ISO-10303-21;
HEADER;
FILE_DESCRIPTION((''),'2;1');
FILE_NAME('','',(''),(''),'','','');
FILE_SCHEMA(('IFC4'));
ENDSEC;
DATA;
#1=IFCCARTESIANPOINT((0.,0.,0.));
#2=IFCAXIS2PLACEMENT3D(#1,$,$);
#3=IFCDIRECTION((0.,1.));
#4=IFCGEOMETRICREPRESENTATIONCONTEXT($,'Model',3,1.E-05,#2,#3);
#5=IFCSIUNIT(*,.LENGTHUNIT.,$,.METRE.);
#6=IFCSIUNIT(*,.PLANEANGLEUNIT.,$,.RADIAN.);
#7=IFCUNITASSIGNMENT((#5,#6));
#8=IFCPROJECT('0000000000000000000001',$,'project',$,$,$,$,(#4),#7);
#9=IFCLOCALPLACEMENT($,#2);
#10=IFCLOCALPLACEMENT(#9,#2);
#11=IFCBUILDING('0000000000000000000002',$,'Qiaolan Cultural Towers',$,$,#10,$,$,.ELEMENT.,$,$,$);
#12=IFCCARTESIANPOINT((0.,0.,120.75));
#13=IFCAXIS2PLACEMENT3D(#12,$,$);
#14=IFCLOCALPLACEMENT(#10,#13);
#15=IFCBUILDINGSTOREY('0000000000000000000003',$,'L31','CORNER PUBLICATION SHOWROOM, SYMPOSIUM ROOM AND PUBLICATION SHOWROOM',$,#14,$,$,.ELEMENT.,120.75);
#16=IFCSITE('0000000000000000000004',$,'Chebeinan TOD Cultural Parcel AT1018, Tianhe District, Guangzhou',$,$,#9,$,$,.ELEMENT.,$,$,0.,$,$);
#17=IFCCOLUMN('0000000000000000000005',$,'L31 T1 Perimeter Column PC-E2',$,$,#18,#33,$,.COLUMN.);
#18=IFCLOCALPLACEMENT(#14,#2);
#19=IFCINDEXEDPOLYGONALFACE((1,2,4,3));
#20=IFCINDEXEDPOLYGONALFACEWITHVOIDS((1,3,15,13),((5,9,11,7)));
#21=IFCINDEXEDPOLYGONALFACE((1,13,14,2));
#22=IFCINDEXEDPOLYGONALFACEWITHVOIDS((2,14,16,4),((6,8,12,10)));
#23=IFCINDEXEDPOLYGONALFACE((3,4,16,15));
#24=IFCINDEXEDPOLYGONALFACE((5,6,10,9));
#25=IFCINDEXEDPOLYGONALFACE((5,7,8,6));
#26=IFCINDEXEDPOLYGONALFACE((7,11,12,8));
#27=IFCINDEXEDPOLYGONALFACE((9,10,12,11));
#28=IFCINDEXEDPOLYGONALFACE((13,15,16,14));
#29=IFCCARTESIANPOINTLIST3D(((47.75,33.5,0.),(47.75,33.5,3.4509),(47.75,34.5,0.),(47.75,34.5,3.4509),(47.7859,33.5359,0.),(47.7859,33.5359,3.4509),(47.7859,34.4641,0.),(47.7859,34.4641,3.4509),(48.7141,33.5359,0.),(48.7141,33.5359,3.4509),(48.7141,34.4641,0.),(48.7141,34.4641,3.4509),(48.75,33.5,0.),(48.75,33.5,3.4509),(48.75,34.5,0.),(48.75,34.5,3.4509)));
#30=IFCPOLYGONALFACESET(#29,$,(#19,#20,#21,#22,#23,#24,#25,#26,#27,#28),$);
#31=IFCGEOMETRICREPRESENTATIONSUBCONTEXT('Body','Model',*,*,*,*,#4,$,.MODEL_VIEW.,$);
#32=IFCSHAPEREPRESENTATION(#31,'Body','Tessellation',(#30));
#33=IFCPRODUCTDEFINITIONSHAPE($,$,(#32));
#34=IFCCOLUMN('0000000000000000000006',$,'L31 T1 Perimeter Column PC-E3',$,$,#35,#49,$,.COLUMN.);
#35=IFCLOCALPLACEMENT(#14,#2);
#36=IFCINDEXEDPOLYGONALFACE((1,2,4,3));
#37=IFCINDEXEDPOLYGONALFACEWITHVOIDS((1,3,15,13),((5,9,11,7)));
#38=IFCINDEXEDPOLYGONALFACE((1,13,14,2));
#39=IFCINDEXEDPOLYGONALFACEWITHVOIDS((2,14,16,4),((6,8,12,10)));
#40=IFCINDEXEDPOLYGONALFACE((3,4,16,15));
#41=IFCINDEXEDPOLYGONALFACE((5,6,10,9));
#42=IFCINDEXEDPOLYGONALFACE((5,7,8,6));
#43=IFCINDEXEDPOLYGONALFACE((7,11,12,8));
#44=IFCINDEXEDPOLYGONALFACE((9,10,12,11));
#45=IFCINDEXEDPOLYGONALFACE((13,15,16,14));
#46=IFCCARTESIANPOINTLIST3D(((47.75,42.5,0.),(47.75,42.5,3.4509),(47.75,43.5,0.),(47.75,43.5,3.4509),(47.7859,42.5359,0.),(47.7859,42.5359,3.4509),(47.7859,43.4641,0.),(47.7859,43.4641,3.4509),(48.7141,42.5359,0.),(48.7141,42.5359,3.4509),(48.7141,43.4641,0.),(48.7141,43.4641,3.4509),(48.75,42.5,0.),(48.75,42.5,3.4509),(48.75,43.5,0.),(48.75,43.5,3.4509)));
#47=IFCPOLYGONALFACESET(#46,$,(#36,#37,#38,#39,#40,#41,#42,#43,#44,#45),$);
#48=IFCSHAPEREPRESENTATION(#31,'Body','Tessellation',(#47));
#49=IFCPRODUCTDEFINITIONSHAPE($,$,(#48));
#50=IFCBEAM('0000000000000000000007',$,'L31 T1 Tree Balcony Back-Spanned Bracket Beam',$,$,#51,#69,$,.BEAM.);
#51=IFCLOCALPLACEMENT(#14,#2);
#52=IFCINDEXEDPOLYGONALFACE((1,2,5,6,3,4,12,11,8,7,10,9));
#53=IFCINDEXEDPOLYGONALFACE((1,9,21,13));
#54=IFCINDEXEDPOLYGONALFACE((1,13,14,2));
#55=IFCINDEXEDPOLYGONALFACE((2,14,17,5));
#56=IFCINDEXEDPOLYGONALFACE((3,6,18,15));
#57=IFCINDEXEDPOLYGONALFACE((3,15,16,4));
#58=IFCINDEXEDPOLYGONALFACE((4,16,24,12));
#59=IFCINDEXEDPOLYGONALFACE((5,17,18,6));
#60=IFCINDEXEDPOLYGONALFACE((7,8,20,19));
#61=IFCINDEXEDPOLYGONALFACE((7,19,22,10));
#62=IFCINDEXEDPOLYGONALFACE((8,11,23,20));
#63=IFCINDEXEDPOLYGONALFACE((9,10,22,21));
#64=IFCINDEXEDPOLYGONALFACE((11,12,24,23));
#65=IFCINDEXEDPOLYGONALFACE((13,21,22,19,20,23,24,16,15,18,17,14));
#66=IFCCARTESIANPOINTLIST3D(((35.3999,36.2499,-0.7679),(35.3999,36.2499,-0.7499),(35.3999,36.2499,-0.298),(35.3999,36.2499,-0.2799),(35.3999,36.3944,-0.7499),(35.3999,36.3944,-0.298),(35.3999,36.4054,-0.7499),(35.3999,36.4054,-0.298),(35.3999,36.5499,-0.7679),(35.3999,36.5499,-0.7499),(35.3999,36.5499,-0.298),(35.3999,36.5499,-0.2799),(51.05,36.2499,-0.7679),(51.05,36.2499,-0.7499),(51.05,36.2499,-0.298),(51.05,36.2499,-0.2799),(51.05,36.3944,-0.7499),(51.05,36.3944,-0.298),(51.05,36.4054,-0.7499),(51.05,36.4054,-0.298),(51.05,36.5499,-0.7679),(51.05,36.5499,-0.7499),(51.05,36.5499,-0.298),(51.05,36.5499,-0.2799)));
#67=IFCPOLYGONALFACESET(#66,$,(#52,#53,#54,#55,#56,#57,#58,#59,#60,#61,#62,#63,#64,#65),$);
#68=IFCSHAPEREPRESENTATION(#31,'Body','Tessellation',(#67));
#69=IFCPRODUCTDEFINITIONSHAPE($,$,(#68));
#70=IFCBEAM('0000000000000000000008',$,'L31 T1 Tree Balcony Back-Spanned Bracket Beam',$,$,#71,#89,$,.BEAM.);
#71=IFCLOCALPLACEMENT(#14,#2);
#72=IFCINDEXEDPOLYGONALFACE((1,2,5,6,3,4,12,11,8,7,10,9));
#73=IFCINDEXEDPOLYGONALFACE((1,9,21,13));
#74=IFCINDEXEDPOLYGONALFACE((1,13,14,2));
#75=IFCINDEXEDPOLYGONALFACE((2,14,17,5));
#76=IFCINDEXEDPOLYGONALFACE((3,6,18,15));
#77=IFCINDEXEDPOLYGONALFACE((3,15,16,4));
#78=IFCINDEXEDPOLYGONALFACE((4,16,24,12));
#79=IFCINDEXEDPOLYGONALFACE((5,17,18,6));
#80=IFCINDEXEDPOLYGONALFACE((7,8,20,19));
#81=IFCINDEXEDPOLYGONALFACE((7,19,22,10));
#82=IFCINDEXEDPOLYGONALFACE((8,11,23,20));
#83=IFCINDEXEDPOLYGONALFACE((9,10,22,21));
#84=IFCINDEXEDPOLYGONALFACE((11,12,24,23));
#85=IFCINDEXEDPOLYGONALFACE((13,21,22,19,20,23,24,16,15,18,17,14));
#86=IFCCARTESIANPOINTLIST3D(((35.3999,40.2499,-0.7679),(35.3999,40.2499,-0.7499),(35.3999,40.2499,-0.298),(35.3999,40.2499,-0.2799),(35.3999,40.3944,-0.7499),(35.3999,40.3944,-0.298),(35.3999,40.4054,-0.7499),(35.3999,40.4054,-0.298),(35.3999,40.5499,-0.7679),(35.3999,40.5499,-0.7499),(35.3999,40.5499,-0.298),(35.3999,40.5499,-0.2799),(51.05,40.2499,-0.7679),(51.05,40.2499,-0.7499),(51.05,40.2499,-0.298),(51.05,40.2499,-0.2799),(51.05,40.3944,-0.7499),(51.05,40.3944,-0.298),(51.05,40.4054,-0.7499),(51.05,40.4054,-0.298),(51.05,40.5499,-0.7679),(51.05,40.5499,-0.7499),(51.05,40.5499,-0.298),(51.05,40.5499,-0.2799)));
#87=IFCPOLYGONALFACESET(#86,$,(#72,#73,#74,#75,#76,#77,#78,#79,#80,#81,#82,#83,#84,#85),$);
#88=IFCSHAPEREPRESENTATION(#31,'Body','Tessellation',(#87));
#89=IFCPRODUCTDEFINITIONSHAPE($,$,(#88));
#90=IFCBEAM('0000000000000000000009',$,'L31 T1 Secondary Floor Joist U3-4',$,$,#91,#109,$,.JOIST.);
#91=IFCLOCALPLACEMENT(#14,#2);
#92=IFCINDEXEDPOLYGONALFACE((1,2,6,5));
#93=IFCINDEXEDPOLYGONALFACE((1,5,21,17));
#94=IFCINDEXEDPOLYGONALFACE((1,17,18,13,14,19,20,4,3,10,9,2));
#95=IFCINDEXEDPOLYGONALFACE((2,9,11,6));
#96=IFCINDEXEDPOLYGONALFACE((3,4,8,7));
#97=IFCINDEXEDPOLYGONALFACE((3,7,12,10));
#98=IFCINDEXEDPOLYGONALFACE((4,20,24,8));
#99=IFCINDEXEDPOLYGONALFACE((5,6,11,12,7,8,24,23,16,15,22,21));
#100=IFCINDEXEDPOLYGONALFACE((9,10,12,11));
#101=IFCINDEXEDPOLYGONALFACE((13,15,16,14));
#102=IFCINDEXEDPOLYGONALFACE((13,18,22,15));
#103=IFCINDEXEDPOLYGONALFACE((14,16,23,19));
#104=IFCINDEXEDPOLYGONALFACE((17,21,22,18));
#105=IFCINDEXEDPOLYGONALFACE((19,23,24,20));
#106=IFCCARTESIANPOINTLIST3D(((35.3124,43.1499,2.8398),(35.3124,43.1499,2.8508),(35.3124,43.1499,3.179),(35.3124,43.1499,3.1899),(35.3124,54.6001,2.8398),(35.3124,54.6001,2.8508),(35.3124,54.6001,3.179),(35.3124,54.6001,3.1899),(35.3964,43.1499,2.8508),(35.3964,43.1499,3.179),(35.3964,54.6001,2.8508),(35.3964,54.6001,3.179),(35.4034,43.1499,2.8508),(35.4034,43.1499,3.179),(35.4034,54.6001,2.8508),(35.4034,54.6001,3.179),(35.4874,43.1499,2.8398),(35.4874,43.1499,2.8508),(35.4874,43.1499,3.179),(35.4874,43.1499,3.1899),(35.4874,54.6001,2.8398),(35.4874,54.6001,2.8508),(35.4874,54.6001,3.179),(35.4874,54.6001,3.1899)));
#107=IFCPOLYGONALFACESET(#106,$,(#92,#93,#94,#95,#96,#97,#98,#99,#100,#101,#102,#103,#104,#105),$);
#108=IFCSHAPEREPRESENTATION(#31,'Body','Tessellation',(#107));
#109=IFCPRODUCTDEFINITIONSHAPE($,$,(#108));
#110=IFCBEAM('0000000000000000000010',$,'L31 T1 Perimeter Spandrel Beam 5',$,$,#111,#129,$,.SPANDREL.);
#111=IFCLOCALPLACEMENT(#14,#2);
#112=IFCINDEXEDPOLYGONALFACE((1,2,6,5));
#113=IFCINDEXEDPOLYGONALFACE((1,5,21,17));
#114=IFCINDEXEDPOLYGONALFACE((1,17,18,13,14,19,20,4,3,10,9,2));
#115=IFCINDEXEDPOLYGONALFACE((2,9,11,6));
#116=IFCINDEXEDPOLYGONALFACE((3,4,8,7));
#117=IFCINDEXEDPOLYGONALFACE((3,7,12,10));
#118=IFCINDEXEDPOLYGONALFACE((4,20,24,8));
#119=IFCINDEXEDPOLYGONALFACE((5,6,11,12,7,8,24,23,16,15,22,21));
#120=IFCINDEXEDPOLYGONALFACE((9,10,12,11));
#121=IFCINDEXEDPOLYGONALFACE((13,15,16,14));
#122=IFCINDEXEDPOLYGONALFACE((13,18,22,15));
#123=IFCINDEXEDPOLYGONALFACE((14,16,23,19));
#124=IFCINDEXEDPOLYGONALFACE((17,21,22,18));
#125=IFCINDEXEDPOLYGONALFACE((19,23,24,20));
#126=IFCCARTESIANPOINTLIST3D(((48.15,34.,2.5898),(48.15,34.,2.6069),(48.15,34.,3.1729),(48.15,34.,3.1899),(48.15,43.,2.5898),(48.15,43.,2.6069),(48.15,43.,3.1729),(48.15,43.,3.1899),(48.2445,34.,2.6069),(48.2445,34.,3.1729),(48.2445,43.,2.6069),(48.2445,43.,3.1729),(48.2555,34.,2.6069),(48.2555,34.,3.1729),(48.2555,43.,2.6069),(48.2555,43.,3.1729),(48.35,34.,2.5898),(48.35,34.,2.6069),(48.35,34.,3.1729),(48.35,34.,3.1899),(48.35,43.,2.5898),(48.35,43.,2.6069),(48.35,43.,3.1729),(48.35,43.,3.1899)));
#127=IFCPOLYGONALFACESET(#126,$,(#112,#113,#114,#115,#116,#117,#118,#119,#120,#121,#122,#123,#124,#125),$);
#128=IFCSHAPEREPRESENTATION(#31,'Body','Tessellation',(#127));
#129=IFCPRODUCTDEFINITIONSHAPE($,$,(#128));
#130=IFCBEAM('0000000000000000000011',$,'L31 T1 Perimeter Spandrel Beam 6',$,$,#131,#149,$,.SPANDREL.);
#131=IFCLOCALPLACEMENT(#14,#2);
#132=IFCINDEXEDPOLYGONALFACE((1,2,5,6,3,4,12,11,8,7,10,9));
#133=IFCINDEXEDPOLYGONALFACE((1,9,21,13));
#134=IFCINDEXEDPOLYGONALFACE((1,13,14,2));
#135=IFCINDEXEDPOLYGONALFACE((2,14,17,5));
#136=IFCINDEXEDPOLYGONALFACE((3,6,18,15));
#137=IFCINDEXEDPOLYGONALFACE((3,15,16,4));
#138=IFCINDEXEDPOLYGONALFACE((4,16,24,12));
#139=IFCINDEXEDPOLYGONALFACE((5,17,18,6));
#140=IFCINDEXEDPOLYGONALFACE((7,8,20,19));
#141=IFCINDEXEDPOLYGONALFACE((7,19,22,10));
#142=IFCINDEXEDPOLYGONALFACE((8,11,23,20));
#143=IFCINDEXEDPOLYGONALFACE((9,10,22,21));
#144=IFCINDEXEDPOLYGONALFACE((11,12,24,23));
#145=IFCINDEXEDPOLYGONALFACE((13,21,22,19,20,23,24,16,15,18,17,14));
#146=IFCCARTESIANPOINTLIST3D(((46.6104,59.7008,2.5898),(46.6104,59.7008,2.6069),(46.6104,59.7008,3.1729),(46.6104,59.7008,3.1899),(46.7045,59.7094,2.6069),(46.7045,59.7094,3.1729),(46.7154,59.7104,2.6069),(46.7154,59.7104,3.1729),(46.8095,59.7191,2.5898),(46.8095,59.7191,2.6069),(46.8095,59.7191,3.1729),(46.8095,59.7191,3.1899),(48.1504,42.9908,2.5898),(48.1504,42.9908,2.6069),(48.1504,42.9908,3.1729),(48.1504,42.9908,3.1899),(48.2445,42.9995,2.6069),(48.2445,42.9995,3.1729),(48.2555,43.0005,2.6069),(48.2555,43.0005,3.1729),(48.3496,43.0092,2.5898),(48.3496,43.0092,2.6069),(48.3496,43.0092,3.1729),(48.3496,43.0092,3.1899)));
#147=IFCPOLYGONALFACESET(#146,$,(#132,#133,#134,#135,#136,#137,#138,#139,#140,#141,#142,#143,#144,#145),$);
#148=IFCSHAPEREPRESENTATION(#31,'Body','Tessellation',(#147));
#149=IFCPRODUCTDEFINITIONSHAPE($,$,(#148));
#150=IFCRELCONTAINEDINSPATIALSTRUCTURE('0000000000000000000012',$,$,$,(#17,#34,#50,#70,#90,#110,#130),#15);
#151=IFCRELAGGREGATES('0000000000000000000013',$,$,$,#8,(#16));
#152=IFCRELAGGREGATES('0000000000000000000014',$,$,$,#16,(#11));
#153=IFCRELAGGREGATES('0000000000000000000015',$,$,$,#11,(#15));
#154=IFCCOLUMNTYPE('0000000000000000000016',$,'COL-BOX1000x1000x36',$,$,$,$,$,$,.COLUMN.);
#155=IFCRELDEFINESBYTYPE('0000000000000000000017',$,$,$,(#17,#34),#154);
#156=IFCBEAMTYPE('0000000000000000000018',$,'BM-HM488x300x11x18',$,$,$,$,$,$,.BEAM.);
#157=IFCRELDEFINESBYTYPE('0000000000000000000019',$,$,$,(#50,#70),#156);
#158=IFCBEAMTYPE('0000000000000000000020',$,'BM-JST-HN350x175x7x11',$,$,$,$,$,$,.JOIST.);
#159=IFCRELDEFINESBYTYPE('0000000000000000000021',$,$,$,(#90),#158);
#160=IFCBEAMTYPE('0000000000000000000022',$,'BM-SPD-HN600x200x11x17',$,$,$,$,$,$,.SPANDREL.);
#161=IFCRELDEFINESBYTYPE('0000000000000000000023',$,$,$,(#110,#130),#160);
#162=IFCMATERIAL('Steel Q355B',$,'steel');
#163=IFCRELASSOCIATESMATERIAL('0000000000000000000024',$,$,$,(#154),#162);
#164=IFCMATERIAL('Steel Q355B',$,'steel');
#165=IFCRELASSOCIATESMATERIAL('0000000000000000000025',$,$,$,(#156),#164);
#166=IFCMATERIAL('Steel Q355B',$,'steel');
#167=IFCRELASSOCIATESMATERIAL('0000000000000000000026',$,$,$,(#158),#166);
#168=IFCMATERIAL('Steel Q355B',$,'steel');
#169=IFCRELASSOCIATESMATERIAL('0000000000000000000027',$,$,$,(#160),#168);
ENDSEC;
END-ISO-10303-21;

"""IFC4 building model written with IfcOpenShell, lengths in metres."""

from ifc_helpers import new_model, si_unit, direction, frame, origin, origin_2d, place, context, subcontext, project, spatial, hollow_rectangle, i_section, extrude, material, material_profile, profile_set, type_object, element, save


model = new_model("IFC4")

# Units and contexts
model_context = context("Model", 3, precision=1e-05, world=origin(), true_north=direction((0.0, 1.0)))
body_context = subcontext(model_context, "Body", "Model", "MODEL_VIEW")
ifc_project = project(units=[si_unit("LENGTHUNIT", "METRE"), si_unit("PLANEANGLEUNIT", "RADIAN")], contexts=[model_context])

# Site, building, storey
site_placement = place(None, origin())
site = spatial("IfcSite", under=ifc_project, at=site_placement, Name="Chebeinan TOD Cultural Parcel AT1018, Tianhe District, Guangzhou", CompositionType="ELEMENT", RefElevation=0.0)
building_placement = place(site_placement, origin())
building = spatial("IfcBuilding", under=site, at=building_placement, Name="Qiaolan Cultural Towers", CompositionType="ELEMENT")
storey_placement = place(building_placement, frame((0.0, 0.0, 120.75)))
storey = spatial("IfcBuildingStorey", under=building, at=storey_placement, Name="L31", Description="CORNER PUBLICATION SHOWROOM, SYMPOSIUM ROOM AND PUBLICATION SHOWROOM", CompositionType="ELEMENT", Elevation=120.75)

# Columns
ifc_material_1 = material(Name="Steel Q355B", Category="steel")
ifc_material_profile_1 = material_profile(ifc_material_1, hollow_rectangle(XDim=1.0, YDim=1.0, WallThickness=0.0359, at=origin_2d()), Name="BOX1000x1000x36")
ifc_profile_set_1 = profile_set([ifc_material_profile_1], Name="Steel Q355B")
column_type = type_object("IfcColumnType", Name="COL-BOX1000x1000x36", PredefinedType="COLUMN", material=ifc_profile_set_1)
for number, where, z_axis, x_axis, name in (
    (1, (48.25, 34.0, 0.0), (0.0, 0.0, 1.0), (1.0, 0.0, 0.0), "L31 T1 Perimeter Column PC-E2"),
    (2, (48.25, 43.0, 0.0), (0.0, 0.0, 1.0), (1.0, 0.0, 0.0), "L31 T1 Perimeter Column PC-E3"),
):
    element("IfcColumn", number, at=place(storey_placement, frame(where, z_axis=z_axis, x_axis=x_axis)), inside=storey, type_object=column_type, Name=name, PredefinedType="COLUMN", context=body_context, shape_type="SweptSolid", body=[
        extrude(hollow_rectangle(XDim=1.0, YDim=1.0, WallThickness=0.0359, at=origin_2d()), origin(), (0.0, 0.0, 1.0), 3.4509),
    ])

# Beams
ifc_material_2 = material(Name="Steel Q355B", Category="steel")
ifc_material_profile_2 = material_profile(ifc_material_2, i_section(OverallWidth=0.3, OverallDepth=0.488, WebThickness=0.011, FlangeThickness=0.0181, at=origin_2d()), Name="HM488x300x11x18")
ifc_profile_set_2 = profile_set([ifc_material_profile_2], Name="Steel Q355B")
beam_type_1 = type_object("IfcBeamType", Name="BM-HM488x300x11x18", PredefinedType="BEAM", material=ifc_profile_set_2)
for number, where, z_axis, x_axis, name in (
    (3, (35.3999, 36.3999, -0.5239), (1.0, 0.0, 0.0), (0.0, 1.0, 0.0), "L31 T1 Tree Balcony Back-Spanned Bracket Beam"),
    (4, (35.3999, 40.3999, -0.5239), (1.0, 0.0, 0.0), (0.0, 1.0, 0.0), "L31 T1 Tree Balcony Back-Spanned Bracket Beam"),
):
    element("IfcBeam", number, at=place(storey_placement, frame(where, z_axis=z_axis, x_axis=x_axis)), inside=storey, type_object=beam_type_1, Name=name, PredefinedType="BEAM", context=body_context, shape_type="SweptSolid", body=[
        extrude(i_section(OverallWidth=0.3, OverallDepth=0.488, WebThickness=0.011, FlangeThickness=0.0181, at=origin_2d()), origin(), (0.0, 0.0, 1.0), 15.6501),
    ])
ifc_material_3 = material(Name="Steel Q355B", Category="steel")
ifc_material_profile_3 = material_profile(ifc_material_3, i_section(OverallWidth=0.175, OverallDepth=0.3501, WebThickness=0.0071, FlangeThickness=0.011, at=origin_2d()), Name="HN350x175x7x11")
ifc_profile_set_3 = profile_set([ifc_material_profile_3], Name="Steel Q355B")
beam_type_2 = type_object("IfcBeamType", Name="BM-JST-HN350x175x7x11", PredefinedType="JOIST", material=ifc_profile_set_3)
beam_1_placement = place(storey_placement, frame((35.3999, 43.1499, 3.0149), z_axis=(0.0, 1.0, 0.0), x_axis=(-1.0, 0.0, 0.0)))
element("IfcBeam", 5, at=beam_1_placement, inside=storey, type_object=beam_type_2, Name="L31 T1 Secondary Floor Joist U3-4", PredefinedType="JOIST", context=body_context, shape_type="SweptSolid", body=[
    extrude(i_section(OverallWidth=0.175, OverallDepth=0.3501, WebThickness=0.0071, FlangeThickness=0.011, at=origin_2d()), origin(), (0.0, 0.0, 1.0), 11.4502),
])
ifc_material_4 = material(Name="Steel Q355B", Category="steel")
ifc_material_profile_4 = material_profile(ifc_material_4, i_section(OverallWidth=0.2, OverallDepth=0.6001, WebThickness=0.011, FlangeThickness=0.0171, at=origin_2d()), Name="HN600x200x11x17")
ifc_profile_set_4 = profile_set([ifc_material_profile_4], Name="Steel Q355B")
beam_type_3 = type_object("IfcBeamType", Name="BM-SPD-HN600x200x11x17", PredefinedType="SPANDREL", material=ifc_profile_set_4)
beam_2_placement = place(storey_placement, frame((48.25, 34.0, 2.8899), z_axis=(0.0, 1.0, 0.0), x_axis=(-1.0, 0.0, 0.0)))
element("IfcBeam", 6, at=beam_2_placement, inside=storey, type_object=beam_type_3, Name="L31 T1 Perimeter Spandrel Beam 5", PredefinedType="SPANDREL", context=body_context, shape_type="SweptSolid", body=[
    extrude(i_section(OverallWidth=0.2, OverallDepth=0.6001, WebThickness=0.011, FlangeThickness=0.0171, at=origin_2d()), origin(), (0.0, 0.0, 1.0), 9.0),
])
beam_3_placement = place(storey_placement, frame((48.25, 43.0, 2.8899), z_axis=(-0.091774, 0.99578, 0.0), x_axis=(-0.99578, -0.091774, 0.0)))
element("IfcBeam", 7, at=beam_3_placement, inside=storey, type_object=beam_type_3, Name="L31 T1 Perimeter Spandrel Beam 6", PredefinedType="SPANDREL", context=body_context, shape_type="SweptSolid", body=[
    extrude(i_section(OverallWidth=0.2, OverallDepth=0.6001, WebThickness=0.011, FlangeThickness=0.0171, at=origin_2d()), origin(), (0.0, 0.0, 1.0), 16.7808),
])

save(model, "model.ifc")
